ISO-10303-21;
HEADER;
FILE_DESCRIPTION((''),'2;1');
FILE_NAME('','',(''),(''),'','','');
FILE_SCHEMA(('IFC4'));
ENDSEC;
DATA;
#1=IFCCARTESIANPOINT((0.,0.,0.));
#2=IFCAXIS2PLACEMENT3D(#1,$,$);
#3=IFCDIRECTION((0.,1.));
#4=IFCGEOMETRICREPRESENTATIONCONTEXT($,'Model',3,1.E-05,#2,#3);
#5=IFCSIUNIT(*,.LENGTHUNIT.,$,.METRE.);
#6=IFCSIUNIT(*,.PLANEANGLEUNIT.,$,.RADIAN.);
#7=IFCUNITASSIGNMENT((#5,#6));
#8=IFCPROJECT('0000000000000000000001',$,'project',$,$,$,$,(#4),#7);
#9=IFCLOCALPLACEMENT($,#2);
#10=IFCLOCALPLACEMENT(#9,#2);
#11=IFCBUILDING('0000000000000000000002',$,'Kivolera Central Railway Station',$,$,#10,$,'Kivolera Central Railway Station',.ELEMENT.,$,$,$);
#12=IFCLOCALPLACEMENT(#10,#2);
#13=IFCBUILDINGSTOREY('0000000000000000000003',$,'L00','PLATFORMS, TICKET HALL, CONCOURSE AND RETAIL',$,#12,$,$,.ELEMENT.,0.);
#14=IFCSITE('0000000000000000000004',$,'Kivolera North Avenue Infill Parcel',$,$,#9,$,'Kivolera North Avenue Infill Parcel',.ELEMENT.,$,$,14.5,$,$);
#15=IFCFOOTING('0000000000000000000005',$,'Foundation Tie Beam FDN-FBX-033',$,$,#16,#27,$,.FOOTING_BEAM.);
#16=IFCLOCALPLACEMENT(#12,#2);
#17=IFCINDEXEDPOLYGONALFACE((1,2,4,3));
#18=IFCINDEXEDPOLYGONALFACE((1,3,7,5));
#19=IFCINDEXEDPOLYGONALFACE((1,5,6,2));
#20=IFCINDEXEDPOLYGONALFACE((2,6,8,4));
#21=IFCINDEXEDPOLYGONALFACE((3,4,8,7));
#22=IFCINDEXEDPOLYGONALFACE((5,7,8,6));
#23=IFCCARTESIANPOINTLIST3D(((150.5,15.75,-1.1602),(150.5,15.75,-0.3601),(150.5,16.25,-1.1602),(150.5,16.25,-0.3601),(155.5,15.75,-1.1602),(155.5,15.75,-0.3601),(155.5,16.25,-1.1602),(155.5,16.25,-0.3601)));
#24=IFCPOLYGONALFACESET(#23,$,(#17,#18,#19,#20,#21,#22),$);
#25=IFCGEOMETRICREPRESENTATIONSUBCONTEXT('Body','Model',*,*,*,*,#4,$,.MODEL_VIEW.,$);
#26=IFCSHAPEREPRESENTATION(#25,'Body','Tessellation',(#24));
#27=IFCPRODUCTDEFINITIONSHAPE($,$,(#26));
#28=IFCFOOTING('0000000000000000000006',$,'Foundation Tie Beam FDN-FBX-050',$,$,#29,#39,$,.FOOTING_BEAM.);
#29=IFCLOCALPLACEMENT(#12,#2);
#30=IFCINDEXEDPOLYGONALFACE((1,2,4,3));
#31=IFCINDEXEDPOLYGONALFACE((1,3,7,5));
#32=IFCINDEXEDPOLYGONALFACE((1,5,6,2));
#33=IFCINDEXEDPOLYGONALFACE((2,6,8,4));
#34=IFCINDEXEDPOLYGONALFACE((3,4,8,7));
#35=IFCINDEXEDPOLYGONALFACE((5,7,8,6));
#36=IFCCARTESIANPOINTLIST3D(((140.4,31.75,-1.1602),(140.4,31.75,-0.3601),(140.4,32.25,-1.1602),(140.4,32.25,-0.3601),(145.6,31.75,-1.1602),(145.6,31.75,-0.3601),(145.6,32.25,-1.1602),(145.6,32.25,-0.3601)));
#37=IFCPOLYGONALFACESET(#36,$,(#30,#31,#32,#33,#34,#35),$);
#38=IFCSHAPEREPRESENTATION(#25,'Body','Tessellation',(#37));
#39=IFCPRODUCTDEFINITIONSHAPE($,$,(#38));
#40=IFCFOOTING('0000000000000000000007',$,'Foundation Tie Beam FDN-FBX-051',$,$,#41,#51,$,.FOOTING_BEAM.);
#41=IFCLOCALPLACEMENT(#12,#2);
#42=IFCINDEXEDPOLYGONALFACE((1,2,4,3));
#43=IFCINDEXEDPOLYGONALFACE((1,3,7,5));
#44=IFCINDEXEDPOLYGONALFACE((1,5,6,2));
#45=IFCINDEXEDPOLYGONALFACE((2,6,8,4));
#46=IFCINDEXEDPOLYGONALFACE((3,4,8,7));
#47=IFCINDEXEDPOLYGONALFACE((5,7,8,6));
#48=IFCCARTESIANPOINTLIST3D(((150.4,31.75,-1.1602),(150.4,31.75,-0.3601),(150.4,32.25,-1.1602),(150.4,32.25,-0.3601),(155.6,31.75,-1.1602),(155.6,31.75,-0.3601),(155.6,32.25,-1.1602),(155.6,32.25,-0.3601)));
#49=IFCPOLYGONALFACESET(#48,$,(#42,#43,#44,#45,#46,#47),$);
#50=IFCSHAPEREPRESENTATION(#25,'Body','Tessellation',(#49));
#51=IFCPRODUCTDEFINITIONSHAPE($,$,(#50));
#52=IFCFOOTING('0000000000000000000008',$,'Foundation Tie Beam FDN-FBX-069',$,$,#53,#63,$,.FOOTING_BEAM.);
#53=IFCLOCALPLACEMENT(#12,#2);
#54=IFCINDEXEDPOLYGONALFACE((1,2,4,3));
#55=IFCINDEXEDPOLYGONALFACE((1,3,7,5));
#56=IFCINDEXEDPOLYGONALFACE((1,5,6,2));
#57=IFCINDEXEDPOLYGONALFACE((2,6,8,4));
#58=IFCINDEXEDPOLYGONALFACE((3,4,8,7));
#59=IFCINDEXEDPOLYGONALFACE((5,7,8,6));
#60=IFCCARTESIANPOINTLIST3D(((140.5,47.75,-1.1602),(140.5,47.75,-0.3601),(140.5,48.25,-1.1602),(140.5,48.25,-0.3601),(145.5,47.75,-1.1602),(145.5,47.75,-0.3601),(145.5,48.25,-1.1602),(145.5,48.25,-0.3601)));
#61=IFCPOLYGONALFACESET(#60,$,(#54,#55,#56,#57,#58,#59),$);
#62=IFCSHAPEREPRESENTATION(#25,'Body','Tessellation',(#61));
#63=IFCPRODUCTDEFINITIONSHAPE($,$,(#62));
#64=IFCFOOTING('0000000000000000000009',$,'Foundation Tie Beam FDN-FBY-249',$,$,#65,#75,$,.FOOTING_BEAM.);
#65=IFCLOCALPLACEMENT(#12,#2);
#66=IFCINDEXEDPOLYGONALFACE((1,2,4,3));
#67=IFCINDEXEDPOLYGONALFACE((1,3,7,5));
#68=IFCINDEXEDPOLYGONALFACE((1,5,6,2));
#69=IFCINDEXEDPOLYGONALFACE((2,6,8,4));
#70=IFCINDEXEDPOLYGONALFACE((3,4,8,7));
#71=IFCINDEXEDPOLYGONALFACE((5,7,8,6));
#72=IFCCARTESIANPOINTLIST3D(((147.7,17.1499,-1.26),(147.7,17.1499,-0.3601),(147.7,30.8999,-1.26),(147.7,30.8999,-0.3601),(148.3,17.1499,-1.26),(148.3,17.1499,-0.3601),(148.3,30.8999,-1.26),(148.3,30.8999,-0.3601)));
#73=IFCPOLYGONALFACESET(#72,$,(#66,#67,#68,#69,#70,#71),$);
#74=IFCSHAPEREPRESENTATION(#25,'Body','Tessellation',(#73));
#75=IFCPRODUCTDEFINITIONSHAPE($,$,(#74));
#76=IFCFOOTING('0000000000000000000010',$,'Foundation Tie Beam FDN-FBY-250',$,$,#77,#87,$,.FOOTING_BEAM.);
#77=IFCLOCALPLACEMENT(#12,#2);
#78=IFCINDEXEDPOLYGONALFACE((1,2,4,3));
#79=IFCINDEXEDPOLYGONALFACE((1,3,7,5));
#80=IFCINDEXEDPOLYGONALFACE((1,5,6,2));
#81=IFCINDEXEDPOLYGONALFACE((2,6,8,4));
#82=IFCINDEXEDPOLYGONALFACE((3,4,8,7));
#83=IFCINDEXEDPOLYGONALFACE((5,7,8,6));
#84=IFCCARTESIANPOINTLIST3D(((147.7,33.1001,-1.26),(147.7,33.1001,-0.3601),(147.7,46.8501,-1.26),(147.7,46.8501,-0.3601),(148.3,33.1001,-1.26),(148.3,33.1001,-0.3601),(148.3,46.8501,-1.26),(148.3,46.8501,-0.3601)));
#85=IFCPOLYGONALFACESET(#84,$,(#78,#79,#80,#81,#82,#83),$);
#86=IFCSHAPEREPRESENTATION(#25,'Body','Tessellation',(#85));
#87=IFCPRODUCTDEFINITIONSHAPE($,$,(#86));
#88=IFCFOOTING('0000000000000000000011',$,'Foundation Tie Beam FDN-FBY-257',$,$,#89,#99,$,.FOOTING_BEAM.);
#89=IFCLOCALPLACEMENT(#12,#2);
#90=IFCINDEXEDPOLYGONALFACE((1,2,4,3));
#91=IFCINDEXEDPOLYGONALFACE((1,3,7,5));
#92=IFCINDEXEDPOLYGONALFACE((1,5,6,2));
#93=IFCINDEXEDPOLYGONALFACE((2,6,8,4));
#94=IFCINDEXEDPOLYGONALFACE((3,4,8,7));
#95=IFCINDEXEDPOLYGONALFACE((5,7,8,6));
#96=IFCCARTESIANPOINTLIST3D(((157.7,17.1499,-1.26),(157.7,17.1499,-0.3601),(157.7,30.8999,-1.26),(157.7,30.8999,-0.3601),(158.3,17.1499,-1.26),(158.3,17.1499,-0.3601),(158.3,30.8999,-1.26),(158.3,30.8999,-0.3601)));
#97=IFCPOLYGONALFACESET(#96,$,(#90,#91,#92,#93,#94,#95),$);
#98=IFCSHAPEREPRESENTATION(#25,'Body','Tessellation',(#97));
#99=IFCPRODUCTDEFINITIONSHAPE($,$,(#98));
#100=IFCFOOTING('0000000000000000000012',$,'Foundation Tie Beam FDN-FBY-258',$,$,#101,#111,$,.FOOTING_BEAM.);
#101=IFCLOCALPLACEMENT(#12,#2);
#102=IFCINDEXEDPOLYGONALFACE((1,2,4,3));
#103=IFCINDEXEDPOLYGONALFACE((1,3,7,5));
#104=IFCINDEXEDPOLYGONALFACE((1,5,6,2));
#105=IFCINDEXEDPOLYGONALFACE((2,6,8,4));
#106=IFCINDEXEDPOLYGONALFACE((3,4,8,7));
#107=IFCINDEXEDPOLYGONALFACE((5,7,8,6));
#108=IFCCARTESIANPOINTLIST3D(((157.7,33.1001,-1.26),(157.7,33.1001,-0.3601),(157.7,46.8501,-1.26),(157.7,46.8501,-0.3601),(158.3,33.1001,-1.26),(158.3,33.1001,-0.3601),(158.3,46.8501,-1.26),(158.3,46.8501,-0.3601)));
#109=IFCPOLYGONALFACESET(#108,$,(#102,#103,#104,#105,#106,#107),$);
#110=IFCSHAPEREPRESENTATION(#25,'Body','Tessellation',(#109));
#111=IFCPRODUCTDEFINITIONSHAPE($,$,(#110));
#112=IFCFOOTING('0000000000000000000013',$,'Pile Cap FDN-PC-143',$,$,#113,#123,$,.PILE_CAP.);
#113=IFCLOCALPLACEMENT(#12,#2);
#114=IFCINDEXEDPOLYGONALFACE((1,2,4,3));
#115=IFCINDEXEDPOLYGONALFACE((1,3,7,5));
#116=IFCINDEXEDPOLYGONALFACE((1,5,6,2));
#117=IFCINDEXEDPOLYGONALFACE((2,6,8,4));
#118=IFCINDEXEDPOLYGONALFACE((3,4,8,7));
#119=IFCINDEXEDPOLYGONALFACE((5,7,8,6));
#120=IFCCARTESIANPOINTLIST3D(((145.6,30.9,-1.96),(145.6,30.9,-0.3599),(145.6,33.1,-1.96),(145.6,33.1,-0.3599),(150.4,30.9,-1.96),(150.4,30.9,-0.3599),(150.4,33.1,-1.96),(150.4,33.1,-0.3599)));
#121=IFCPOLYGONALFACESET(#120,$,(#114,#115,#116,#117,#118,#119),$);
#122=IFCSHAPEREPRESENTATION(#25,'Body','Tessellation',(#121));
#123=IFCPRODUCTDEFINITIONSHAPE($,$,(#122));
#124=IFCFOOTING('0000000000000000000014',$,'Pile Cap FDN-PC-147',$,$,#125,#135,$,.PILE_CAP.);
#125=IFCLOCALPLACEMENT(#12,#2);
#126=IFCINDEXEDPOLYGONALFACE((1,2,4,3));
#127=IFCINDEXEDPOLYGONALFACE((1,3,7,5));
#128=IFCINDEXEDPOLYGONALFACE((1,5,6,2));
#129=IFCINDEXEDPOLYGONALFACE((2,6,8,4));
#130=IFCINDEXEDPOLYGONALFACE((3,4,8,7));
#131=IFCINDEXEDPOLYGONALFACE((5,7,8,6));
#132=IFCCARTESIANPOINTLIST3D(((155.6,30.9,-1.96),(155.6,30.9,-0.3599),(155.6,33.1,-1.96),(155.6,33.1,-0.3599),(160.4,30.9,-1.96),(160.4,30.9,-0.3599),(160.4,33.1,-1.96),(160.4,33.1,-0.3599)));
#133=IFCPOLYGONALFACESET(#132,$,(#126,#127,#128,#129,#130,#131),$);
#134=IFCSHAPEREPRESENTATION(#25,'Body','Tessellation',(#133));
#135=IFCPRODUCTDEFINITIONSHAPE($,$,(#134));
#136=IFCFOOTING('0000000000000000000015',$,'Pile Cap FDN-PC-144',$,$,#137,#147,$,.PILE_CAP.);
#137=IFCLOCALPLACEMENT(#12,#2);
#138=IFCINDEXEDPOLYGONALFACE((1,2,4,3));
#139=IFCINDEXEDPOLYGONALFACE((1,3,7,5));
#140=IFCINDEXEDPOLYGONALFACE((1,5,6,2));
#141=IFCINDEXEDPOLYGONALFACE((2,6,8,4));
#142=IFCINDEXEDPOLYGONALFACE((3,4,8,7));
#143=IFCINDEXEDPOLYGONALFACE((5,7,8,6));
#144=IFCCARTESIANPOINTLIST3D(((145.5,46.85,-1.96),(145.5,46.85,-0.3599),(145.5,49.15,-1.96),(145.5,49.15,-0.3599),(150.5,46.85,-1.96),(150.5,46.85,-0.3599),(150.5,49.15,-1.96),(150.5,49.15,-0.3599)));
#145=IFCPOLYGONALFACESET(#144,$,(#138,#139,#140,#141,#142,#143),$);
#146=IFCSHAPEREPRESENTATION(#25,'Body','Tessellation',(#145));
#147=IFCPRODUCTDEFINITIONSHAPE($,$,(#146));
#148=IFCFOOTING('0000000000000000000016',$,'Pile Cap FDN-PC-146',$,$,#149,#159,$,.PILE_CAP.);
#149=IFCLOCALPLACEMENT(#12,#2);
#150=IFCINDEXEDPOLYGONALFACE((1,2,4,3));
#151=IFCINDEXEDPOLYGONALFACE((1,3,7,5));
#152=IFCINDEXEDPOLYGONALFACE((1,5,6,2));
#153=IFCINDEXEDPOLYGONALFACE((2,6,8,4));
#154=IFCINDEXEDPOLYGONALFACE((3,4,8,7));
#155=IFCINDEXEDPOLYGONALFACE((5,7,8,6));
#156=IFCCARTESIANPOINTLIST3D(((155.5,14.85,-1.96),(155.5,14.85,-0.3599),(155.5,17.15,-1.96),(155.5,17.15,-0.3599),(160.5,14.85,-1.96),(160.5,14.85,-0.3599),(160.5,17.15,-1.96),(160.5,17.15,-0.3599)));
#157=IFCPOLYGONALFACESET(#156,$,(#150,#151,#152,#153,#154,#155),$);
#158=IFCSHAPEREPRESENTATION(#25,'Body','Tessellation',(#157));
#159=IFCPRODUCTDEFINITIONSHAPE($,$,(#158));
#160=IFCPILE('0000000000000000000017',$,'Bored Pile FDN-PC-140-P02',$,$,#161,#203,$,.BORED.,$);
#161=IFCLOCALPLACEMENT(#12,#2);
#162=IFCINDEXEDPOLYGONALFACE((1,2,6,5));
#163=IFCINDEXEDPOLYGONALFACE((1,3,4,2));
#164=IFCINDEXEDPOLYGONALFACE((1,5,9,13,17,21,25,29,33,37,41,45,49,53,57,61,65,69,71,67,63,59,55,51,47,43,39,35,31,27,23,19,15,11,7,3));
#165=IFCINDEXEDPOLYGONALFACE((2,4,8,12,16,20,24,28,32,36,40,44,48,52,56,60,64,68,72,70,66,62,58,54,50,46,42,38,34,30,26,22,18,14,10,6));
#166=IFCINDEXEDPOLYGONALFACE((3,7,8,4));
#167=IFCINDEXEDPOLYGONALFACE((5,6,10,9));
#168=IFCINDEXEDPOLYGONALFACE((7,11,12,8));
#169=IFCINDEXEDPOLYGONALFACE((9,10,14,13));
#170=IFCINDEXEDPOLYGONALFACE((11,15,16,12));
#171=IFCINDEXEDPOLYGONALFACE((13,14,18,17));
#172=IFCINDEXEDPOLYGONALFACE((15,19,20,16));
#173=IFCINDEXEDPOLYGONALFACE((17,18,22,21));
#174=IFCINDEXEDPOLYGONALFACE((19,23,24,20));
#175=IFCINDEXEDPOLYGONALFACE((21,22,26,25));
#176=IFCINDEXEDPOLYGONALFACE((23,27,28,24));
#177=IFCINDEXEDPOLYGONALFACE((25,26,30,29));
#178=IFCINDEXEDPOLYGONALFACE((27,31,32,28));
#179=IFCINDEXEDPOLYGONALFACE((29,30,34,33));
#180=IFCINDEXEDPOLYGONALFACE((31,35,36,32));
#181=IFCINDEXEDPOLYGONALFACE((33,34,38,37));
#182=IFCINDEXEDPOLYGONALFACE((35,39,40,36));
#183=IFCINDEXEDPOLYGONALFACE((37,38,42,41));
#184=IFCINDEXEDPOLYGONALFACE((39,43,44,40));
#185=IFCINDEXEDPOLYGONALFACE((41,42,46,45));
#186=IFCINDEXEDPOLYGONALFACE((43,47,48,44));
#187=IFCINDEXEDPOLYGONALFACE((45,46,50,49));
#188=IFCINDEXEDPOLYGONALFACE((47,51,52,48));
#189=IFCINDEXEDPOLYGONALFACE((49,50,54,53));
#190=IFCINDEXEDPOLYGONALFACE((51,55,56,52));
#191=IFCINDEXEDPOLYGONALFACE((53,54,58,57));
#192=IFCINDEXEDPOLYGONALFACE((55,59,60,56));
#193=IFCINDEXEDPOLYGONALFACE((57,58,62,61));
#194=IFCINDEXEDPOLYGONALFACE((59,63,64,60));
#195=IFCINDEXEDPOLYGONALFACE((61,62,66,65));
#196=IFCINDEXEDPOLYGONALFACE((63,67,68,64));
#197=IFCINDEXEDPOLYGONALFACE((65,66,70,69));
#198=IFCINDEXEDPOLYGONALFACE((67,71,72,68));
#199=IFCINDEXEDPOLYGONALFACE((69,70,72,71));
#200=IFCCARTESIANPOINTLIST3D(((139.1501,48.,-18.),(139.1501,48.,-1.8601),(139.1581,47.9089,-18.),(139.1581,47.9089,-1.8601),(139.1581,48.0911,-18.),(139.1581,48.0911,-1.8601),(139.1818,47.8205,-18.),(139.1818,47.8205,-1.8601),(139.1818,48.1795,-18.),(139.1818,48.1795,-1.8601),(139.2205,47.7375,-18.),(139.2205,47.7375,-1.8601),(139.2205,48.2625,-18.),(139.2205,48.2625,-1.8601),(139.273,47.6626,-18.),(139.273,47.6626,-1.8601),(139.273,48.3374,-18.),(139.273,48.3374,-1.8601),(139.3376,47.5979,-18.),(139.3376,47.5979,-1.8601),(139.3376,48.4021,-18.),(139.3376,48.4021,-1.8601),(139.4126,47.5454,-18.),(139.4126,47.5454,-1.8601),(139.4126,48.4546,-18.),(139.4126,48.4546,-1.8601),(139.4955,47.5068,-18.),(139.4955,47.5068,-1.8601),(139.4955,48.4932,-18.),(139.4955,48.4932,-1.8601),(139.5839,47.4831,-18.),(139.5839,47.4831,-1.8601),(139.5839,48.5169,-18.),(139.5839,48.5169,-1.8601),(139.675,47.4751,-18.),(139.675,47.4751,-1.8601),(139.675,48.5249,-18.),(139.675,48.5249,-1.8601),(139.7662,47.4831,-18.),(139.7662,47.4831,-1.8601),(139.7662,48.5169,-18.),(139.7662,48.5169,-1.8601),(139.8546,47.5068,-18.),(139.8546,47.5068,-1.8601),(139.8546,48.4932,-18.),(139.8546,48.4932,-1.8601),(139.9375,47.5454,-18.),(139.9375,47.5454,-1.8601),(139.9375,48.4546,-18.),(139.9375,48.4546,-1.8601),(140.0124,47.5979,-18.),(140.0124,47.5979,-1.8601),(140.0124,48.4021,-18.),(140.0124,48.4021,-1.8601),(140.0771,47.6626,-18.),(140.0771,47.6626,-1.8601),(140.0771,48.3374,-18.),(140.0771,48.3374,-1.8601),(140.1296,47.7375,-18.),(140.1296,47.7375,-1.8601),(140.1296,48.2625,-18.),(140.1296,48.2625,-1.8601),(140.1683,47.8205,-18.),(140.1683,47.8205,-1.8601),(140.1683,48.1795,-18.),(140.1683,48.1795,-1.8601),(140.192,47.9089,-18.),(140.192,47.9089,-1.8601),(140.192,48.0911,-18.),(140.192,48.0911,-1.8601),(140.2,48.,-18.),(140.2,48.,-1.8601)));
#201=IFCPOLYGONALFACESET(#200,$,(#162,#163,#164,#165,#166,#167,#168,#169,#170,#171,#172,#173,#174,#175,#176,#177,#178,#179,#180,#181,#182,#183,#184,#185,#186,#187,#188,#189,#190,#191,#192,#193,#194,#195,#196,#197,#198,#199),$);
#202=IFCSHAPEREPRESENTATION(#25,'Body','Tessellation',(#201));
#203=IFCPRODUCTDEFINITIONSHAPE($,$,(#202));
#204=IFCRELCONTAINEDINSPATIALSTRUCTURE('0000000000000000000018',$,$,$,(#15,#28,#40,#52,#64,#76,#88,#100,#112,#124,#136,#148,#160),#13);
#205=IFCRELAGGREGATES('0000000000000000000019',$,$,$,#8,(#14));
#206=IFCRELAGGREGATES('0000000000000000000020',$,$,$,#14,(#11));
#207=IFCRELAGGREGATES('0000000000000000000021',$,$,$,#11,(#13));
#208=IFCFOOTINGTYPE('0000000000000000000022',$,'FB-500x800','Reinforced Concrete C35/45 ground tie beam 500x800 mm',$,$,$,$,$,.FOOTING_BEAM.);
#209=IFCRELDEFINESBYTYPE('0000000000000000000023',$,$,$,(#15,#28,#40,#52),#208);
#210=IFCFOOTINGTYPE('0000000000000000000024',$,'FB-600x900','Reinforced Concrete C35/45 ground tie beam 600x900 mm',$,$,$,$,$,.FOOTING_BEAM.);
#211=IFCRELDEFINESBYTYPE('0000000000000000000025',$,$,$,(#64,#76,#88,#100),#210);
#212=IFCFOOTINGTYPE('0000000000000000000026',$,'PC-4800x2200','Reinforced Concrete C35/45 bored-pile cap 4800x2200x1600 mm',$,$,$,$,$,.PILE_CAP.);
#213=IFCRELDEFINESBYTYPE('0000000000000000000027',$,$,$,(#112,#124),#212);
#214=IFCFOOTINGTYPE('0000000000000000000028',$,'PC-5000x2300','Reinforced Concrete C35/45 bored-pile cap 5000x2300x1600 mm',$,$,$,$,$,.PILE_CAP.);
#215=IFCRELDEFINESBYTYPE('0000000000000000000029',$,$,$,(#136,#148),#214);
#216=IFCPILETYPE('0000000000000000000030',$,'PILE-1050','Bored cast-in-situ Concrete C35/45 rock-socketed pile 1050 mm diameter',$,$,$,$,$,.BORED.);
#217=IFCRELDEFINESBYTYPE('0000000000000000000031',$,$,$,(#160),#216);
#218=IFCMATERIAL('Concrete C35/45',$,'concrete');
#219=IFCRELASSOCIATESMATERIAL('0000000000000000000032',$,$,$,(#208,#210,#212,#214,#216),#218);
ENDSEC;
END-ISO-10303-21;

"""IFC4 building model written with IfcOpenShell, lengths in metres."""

from ifc_helpers import new_model, si_unit, direction, frame, origin, origin_2d, place, context, subcontext, project, spatial, rectangle, circle, extrude, material, material_profile, profile_set, type_object, element, save


model = new_model("IFC4")

# Units and contexts
model_context = context("Model", 3, precision=1e-05, world=origin(), true_north=direction((0.0, 1.0)))
body_context = subcontext(model_context, "Body", "Model", "MODEL_VIEW")
ifc_project = project(units=[si_unit("LENGTHUNIT", "METRE"), si_unit("PLANEANGLEUNIT", "RADIAN")], contexts=[model_context])

# Site, building, storey
site_placement = place(None, origin())
site = spatial("IfcSite", under=ifc_project, at=site_placement, Name="Kivolera North Avenue Infill Parcel", LongName="Kivolera North Avenue Infill Parcel", CompositionType="ELEMENT", RefElevation=14.5)
building_placement = place(site_placement, origin())
building = spatial("IfcBuilding", under=site, at=building_placement, Name="Kivolera Central Railway Station", LongName="Kivolera Central Railway Station", CompositionType="ELEMENT")
storey_placement = place(building_placement, origin())
storey = spatial("IfcBuildingStorey", under=building, at=storey_placement, Name="L00", Description="PLATFORMS, TICKET HALL, CONCOURSE AND RETAIL", CompositionType="ELEMENT", Elevation=0.0)

# Footings
ifc_material_1 = material(Name="Concrete C35/45", Category="concrete")
footing_type_1 = type_object("IfcFootingType", Name="FB-500x800", Description="Reinforced Concrete C35/45 ground tie beam 500x800 mm", PredefinedType="FOOTING_BEAM", material=ifc_material_1)
footing_1_placement = place(storey_placement, frame((153.0, 16.0, -1.1602), z_axis=(0.0, 0.0, 1.0), x_axis=(1.0, 0.0, 0.0)))
element("IfcFooting", 1, at=footing_1_placement, inside=storey, type_object=footing_type_1, Name="Foundation Tie Beam FDN-FBX-033", PredefinedType="FOOTING_BEAM", context=body_context, shape_type="SweptSolid", body=[
    extrude(rectangle(XDim=5.0, YDim=0.5, at=origin_2d()), origin(), (0.0, 0.0, 1.0), 0.8),
])
for number, where, z_axis, x_axis, name in (
    (2, (143.0, 32.0, -1.1602), (0.0, 0.0, 1.0), (1.0, 0.0, 0.0), "Foundation Tie Beam FDN-FBX-050"),
    (3, (153.0, 32.0, -1.1602), (0.0, 0.0, 1.0), (1.0, 0.0, 0.0), "Foundation Tie Beam FDN-FBX-051"),
):
    element("IfcFooting", number, at=place(storey_placement, frame(where, z_axis=z_axis, x_axis=x_axis)), inside=storey, type_object=footing_type_1, Name=name, PredefinedType="FOOTING_BEAM", context=body_context, shape_type="SweptSolid", body=[
        extrude(rectangle(XDim=5.2, YDim=0.5, at=origin_2d()), origin(), (0.0, 0.0, 1.0), 0.8),
    ])
footing_2_placement = place(storey_placement, frame((143.0, 48.0, -1.1602), z_axis=(0.0, 0.0, 1.0), x_axis=(1.0, 0.0, 0.0)))
element("IfcFooting", 4, at=footing_2_placement, inside=storey, type_object=footing_type_1, Name="Foundation Tie Beam FDN-FBX-069", PredefinedType="FOOTING_BEAM", context=body_context, shape_type="SweptSolid", body=[
    extrude(rectangle(XDim=5.0, YDim=0.5, at=origin_2d()), origin(), (0.0, 0.0, 1.0), 0.8),
])
footing_type_2 = type_object("IfcFootingType", Name="FB-600x900", Description="Reinforced Concrete C35/45 ground tie beam 600x900 mm", PredefinedType="FOOTING_BEAM", material=ifc_material_1)
for number, where, z_axis, x_axis, name in (
    (5, (148.0, 24.0249, -1.26), (0.0, 0.0, 1.0), (1.0, 0.0, 0.0), "Foundation Tie Beam FDN-FBY-249"),
    (6, (148.0, 39.9751, -1.26), (0.0, 0.0, 1.0), (1.0, 0.0, 0.0), "Foundation Tie Beam FDN-FBY-250"),
    (7, (158.0, 24.0249, -1.26), (0.0, 0.0, 1.0), (1.0, 0.0, 0.0), "Foundation Tie Beam FDN-FBY-257"),
    (8, (158.0, 39.9751, -1.26), (0.0, 0.0, 1.0), (1.0, 0.0, 0.0), "Foundation Tie Beam FDN-FBY-258"),
):
    element("IfcFooting", number, at=place(storey_placement, frame(where, z_axis=z_axis, x_axis=x_axis)), inside=storey, type_object=footing_type_2, Name=name, PredefinedType="FOOTING_BEAM", context=body_context, shape_type="SweptSolid", body=[
        extrude(rectangle(XDim=0.6001, YDim=13.75, at=origin_2d()), origin(), (0.0, 0.0, 1.0), 0.8999),
    ])
footing_type_3 = type_object("IfcFootingType", Name="PC-4800x2200", Description="Reinforced Concrete C35/45 bored-pile cap 4800x2200x1600 mm", PredefinedType="PILE_CAP", material=ifc_material_1)
for number, where, z_axis, x_axis, name in (
    (9, (148.0, 32.0, -1.96), (0.0, 0.0, 1.0), (1.0, 0.0, 0.0), "Pile Cap FDN-PC-143"),
    (10, (158.0, 32.0, -1.96), (0.0, 0.0, 1.0), (1.0, 0.0, 0.0), "Pile Cap FDN-PC-147"),
):
    element("IfcFooting", number, at=place(storey_placement, frame(where, z_axis=z_axis, x_axis=x_axis)), inside=storey, type_object=footing_type_3, Name=name, PredefinedType="PILE_CAP", context=body_context, shape_type="SweptSolid", body=[
        extrude(rectangle(XDim=4.8, YDim=2.2, at=origin_2d()), origin(), (0.0, 0.0, 1.0), 1.6001),
    ])
footing_type_4 = type_object("IfcFootingType", Name="PC-5000x2300", Description="Reinforced Concrete C35/45 bored-pile cap 5000x2300x1600 mm", PredefinedType="PILE_CAP", material=ifc_material_1)
for number, where, z_axis, x_axis, name in (
    (11, (148.0, 48.0, -1.96), (0.0, 0.0, 1.0), (1.0, 0.0, 0.0), "Pile Cap FDN-PC-144"),
    (12, (158.0, 16.0, -1.96), (0.0, 0.0, 1.0), (1.0, 0.0, 0.0), "Pile Cap FDN-PC-146"),
):
    element("IfcFooting", number, at=place(storey_placement, frame(where, z_axis=z_axis, x_axis=x_axis)), inside=storey, type_object=footing_type_4, Name=name, PredefinedType="PILE_CAP", context=body_context, shape_type="SweptSolid", body=[
        extrude(rectangle(XDim=5.0, YDim=2.3, at=origin_2d()), origin(), (0.0, 0.0, 1.0), 1.6001),
    ])

# Pile
ifc_material_profile_1 = material_profile(ifc_material_1, circle(Radius=0.5249, at=origin_2d()), Name="PILE D1050")
ifc_profile_set_1 = profile_set([ifc_material_profile_1], Name="Concrete C35/45")
pile_type = type_object("IfcPileType", Name="PILE-1050", Description="Bored cast-in-situ Concrete C35/45 rock-socketed pile 1050 mm diameter", PredefinedType="BORED", material=ifc_profile_set_1)
for number, where, z_axis, x_axis, name in (
    (13, (139.675, 48.0, -1.8601), (0.0, 0.0, -1.0), (1.0, 0.0, 0.0), "Bored Pile FDN-PC-140-P02"),
):
    element("IfcPile", number, at=place(storey_placement, frame(where, z_axis=z_axis, x_axis=x_axis)), inside=storey, type_object=pile_type, Name=name, PredefinedType="BORED", context=body_context, shape_type="SweptSolid", body=[
        extrude(circle(Radius=0.5249, at=origin_2d()), origin(), (0.0, 0.0, 1.0), 16.1399),
    ])

save(model, "model.ifc")
